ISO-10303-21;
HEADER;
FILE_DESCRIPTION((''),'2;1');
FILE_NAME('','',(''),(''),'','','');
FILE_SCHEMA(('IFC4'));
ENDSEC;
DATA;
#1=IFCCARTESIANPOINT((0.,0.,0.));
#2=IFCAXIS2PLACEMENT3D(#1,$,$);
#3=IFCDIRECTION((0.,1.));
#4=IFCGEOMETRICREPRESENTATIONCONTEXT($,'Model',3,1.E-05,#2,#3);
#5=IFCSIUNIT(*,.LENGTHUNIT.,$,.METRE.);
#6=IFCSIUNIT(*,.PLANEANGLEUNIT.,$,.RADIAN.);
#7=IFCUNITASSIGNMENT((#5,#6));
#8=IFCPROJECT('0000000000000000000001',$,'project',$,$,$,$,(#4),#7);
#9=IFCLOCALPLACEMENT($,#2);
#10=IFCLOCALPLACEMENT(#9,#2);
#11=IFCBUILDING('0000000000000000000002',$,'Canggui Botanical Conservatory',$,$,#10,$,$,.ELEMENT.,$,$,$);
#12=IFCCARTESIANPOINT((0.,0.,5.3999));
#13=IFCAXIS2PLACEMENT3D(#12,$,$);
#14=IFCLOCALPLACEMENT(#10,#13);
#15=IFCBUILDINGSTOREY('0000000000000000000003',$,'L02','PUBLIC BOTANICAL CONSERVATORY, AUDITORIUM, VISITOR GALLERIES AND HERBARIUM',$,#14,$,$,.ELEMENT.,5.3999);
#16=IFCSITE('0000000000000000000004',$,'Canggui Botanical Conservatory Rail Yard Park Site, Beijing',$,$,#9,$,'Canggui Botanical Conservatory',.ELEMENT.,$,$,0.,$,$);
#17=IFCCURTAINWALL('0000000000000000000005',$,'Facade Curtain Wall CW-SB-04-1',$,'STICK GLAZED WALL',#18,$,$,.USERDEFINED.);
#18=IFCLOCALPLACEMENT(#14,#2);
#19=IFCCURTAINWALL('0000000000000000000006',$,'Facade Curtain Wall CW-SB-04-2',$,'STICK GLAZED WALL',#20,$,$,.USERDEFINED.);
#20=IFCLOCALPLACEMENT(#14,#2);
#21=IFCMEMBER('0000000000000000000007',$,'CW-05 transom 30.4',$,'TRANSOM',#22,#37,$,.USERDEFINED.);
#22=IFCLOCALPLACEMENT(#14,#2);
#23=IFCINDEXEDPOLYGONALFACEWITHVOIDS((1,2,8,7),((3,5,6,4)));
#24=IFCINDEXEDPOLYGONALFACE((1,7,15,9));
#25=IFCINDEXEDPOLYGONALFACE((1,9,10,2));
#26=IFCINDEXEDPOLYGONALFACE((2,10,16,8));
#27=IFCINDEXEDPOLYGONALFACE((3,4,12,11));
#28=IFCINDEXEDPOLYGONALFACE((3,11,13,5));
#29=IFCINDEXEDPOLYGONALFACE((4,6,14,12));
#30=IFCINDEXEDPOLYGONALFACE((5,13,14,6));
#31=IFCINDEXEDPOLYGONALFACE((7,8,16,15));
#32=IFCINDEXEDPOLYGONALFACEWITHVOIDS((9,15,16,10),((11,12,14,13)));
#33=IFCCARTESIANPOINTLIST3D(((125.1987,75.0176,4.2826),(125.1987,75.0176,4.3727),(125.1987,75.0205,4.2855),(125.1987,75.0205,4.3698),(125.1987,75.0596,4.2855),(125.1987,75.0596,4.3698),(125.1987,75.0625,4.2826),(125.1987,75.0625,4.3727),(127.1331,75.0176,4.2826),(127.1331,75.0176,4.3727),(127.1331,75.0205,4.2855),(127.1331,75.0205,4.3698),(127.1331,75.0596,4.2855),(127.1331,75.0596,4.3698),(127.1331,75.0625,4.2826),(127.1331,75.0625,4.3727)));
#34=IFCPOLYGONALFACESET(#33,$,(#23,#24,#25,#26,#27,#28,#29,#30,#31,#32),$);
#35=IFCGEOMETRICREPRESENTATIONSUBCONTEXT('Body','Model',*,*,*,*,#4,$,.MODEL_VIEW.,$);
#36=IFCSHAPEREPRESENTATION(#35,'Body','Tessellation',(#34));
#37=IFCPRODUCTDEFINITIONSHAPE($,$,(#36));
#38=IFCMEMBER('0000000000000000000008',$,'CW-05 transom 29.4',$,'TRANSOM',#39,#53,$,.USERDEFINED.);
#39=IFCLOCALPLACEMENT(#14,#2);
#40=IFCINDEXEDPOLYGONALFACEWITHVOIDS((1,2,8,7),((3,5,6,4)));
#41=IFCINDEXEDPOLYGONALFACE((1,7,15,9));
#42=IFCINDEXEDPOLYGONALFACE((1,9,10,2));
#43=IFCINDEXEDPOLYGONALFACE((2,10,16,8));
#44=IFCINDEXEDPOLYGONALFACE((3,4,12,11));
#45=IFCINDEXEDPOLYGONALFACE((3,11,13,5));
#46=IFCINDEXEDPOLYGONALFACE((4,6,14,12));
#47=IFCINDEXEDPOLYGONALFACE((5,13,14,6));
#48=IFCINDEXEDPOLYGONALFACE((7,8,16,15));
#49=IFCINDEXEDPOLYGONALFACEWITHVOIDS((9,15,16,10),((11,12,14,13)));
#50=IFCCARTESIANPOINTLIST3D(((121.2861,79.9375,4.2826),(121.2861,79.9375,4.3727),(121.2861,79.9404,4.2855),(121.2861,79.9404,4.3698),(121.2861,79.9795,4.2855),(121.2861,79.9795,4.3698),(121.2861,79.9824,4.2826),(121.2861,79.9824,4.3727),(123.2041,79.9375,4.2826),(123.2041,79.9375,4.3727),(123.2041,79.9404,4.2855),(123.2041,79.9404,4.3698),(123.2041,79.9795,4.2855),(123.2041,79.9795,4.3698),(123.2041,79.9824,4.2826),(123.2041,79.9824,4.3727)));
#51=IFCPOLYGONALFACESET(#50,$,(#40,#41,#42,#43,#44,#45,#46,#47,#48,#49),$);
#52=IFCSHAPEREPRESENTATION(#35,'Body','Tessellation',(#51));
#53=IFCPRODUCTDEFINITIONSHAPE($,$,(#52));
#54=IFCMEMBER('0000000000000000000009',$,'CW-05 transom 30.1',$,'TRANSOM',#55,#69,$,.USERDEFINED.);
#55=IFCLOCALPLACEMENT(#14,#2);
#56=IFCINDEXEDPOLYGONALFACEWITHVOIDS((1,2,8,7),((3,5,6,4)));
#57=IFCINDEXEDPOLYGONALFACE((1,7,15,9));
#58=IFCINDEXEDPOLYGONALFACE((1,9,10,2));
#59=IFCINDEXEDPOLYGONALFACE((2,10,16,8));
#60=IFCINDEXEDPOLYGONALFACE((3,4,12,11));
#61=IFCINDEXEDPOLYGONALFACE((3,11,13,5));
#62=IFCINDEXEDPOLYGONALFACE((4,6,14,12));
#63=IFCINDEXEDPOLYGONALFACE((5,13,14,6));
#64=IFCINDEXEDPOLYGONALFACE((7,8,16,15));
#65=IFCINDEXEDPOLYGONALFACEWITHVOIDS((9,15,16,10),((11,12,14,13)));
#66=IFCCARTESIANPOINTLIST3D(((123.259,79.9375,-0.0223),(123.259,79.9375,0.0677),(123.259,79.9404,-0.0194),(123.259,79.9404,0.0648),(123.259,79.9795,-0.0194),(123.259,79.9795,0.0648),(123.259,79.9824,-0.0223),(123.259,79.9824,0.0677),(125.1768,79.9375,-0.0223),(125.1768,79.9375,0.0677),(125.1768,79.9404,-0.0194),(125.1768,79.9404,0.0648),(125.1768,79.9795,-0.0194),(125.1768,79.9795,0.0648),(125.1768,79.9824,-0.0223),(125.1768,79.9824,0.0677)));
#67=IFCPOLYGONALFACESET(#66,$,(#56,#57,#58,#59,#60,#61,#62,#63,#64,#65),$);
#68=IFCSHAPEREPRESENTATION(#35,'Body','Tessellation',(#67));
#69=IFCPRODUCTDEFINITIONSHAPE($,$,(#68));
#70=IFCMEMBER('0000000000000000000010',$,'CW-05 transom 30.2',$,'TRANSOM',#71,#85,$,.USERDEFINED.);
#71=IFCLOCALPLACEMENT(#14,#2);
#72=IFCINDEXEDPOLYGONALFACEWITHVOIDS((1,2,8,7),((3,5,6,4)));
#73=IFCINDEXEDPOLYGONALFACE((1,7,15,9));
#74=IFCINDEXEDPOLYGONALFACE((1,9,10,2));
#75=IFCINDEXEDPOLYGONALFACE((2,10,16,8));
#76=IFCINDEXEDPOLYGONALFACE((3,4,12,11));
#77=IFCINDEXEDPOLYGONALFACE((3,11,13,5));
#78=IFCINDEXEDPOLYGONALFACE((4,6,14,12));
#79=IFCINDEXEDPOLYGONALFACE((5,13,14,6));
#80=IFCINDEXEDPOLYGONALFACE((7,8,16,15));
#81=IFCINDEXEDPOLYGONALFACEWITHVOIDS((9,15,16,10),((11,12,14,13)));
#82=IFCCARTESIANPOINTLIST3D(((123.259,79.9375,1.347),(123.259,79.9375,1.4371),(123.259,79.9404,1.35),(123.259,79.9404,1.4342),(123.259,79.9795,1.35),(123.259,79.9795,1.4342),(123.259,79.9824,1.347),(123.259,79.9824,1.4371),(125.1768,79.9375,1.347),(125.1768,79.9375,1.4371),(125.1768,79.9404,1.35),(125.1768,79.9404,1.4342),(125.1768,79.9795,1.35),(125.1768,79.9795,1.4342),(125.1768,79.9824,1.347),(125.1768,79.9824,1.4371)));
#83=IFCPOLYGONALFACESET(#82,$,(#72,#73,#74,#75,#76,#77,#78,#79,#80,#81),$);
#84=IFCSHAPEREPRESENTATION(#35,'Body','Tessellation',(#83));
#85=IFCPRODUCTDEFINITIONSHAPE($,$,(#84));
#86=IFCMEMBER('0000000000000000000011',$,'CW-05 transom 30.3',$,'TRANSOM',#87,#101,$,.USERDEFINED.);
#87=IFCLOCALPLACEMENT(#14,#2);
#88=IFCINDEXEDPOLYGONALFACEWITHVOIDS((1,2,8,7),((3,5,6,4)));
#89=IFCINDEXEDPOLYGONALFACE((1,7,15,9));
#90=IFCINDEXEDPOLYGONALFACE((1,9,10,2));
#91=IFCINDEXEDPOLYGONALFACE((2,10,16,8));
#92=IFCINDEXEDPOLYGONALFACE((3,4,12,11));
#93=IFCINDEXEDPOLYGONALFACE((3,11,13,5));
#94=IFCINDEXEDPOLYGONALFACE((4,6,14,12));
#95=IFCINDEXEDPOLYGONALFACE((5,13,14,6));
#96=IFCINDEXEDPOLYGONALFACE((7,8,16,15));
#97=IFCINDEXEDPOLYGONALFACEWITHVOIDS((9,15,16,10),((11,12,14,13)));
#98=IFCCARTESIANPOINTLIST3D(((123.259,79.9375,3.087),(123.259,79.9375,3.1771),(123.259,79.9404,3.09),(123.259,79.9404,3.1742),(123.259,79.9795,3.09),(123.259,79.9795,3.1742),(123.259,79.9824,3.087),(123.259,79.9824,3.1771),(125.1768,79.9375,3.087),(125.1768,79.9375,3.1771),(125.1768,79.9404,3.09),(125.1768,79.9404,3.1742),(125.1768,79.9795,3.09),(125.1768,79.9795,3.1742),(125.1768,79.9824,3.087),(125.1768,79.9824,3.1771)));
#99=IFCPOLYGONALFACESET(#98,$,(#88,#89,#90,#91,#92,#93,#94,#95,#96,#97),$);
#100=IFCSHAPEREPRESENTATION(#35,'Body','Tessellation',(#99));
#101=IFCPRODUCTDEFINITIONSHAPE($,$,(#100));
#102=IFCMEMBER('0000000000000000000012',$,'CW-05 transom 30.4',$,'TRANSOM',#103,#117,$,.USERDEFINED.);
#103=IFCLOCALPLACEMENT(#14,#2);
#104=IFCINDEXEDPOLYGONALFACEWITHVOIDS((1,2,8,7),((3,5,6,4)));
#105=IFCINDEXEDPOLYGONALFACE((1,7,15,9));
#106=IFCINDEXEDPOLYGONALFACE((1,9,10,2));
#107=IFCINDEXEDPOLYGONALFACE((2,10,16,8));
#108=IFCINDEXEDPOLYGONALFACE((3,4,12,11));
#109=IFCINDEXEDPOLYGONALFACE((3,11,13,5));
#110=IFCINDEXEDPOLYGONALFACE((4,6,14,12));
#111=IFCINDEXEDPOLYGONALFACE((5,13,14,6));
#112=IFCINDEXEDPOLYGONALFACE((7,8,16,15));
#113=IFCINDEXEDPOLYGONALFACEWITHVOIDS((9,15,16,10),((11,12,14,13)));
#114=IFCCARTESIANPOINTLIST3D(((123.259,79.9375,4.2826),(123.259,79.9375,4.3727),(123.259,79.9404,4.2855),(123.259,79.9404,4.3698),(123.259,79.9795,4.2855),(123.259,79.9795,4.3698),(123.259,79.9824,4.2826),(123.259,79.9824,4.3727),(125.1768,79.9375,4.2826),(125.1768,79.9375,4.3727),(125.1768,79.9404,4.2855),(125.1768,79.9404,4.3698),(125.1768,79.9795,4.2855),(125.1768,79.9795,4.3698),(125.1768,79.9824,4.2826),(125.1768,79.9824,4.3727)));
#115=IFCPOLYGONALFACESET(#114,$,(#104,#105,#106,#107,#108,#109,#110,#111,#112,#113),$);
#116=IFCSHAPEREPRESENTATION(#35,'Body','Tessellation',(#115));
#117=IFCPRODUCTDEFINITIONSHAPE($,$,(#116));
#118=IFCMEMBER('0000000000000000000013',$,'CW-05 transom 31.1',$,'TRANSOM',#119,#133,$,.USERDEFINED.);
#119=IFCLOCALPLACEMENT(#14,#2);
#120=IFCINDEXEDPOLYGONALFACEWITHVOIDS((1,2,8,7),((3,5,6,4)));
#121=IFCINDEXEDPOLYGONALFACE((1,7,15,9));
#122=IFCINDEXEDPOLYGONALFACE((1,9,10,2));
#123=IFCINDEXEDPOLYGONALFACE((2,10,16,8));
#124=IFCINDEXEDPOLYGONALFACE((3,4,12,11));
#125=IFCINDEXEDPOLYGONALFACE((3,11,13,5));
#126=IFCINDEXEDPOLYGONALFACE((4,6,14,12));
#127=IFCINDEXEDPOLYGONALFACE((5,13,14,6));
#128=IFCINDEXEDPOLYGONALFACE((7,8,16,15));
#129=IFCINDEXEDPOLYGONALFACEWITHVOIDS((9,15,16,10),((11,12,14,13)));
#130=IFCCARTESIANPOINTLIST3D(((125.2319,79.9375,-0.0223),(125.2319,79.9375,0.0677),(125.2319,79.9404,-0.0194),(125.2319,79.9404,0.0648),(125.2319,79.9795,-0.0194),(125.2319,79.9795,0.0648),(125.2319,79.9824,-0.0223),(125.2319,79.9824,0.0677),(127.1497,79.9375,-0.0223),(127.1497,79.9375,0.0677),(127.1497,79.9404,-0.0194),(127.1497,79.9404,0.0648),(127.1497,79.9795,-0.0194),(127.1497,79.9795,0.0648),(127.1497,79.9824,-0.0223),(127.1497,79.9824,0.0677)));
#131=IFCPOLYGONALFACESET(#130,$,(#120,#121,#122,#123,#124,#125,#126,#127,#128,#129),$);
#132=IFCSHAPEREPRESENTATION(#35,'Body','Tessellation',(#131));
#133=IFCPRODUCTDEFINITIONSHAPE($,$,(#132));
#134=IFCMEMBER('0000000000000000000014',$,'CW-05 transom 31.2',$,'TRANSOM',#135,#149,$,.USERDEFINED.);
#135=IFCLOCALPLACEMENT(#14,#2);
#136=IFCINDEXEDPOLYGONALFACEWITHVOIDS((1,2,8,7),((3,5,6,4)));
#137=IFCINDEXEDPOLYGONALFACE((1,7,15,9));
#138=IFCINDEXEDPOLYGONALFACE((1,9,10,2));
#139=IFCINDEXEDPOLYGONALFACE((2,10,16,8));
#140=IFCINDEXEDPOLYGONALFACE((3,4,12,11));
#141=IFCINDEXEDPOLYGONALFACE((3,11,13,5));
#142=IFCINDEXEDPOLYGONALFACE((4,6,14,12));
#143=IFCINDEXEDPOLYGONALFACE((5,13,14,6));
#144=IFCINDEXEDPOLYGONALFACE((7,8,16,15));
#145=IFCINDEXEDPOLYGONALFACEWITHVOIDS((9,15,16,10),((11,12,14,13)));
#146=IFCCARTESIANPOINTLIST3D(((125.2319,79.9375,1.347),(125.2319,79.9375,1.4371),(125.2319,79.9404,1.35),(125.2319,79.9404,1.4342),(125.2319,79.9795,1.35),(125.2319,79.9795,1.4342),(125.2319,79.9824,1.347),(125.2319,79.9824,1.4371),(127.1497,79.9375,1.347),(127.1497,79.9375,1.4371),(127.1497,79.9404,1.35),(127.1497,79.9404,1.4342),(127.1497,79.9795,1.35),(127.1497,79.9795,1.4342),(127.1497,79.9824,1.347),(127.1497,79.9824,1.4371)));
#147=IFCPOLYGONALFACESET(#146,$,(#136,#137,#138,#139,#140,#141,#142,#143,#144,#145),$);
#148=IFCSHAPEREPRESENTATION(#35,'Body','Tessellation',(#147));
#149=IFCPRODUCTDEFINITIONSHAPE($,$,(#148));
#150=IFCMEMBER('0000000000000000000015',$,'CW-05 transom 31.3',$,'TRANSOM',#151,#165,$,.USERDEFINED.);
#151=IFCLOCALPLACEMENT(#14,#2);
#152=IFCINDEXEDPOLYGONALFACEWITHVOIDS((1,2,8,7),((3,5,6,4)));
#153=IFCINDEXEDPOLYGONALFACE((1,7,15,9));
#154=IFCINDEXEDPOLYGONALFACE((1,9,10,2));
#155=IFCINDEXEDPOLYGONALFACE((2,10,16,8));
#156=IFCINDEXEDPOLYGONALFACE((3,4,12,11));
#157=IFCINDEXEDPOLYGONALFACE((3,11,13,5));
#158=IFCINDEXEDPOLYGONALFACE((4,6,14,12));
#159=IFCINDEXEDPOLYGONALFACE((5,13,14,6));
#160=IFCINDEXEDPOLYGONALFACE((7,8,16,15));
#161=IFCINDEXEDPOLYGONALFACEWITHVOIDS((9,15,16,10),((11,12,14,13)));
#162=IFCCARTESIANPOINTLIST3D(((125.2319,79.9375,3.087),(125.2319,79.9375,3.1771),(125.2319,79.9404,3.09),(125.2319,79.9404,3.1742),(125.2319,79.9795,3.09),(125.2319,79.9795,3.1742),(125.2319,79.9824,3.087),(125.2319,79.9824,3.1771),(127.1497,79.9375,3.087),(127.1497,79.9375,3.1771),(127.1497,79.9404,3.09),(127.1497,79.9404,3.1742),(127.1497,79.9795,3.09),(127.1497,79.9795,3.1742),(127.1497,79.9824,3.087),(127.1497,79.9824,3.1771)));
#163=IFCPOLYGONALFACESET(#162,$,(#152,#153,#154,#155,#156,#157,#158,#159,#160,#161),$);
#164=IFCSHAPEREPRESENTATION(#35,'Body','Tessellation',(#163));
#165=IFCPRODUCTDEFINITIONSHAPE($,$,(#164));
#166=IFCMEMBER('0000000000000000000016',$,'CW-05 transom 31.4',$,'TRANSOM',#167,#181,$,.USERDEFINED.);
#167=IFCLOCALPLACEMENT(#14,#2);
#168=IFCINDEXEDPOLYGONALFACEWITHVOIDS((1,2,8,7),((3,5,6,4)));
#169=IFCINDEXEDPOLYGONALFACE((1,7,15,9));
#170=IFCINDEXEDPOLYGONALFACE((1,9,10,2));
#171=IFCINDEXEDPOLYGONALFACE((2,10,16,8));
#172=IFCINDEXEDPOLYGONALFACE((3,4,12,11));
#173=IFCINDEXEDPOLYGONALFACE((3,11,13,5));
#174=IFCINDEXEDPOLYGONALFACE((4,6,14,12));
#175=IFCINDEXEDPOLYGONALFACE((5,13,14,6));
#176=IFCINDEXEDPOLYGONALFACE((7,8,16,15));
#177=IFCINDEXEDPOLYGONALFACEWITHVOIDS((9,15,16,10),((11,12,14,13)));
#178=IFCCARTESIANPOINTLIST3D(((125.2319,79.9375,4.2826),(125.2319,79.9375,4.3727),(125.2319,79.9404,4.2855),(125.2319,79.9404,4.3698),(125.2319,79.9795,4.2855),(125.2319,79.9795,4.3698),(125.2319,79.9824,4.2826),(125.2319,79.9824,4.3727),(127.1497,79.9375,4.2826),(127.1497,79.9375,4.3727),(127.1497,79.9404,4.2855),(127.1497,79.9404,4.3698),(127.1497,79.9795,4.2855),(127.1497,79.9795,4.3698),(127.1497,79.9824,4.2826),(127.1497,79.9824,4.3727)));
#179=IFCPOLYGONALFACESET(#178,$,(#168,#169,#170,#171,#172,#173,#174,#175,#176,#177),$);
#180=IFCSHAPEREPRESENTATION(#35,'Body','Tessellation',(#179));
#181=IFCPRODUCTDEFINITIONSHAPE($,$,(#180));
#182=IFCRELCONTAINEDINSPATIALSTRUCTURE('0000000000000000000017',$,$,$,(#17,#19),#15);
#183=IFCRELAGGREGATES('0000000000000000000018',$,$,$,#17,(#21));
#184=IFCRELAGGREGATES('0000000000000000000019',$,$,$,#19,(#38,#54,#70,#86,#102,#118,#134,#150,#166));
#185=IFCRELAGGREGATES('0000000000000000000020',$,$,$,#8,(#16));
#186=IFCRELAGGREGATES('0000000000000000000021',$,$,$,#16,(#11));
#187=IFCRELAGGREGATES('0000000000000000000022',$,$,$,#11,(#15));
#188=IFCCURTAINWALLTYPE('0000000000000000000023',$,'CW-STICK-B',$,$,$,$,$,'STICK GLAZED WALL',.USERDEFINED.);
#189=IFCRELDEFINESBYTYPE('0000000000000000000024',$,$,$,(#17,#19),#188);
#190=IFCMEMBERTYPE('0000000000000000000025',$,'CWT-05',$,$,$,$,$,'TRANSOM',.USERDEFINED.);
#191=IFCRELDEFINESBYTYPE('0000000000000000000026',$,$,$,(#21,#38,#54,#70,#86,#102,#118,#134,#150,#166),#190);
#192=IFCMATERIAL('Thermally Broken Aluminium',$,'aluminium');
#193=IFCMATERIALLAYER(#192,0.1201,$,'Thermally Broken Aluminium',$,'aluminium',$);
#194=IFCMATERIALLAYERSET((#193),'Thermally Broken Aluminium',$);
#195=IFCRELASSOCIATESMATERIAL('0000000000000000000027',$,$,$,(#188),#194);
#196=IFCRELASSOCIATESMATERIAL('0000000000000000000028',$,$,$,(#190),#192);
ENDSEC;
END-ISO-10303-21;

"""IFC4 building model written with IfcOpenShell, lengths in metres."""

from ifc_helpers import new_model, si_unit, direction, frame, origin, origin_2d, place, context, subcontext, project, spatial, hollow_rectangle, extrude, material, layer, layer_set, material_profile, profile_set, type_object, element, aggregate, save


model = new_model("IFC4")

# Units and contexts
model_context = context("Model", 3, precision=1e-05, world=origin(), true_north=direction((0.0, 1.0)))
body_context = subcontext(model_context, "Body", "Model", "MODEL_VIEW")
ifc_project = project(units=[si_unit("LENGTHUNIT", "METRE"), si_unit("PLANEANGLEUNIT", "RADIAN")], contexts=[model_context])

# Site, building, storey
site_placement = place(None, origin())
site = spatial("IfcSite", under=ifc_project, at=site_placement, Name="Canggui Botanical Conservatory Rail Yard Park Site, Beijing", LongName="Canggui Botanical Conservatory", CompositionType="ELEMENT", RefElevation=0.0)
building_placement = place(site_placement, origin())
building = spatial("IfcBuilding", under=site, at=building_placement, Name="Canggui Botanical Conservatory", CompositionType="ELEMENT")
storey_placement = place(building_placement, frame((0.0, 0.0, 5.3999)))
storey = spatial("IfcBuildingStorey", under=building, at=storey_placement, Name="L02", Description="PUBLIC BOTANICAL CONSERVATORY, AUDITORIUM, VISITOR GALLERIES AND HERBARIUM", CompositionType="ELEMENT", Elevation=5.3999)

# Curtain walls
ifc_material_1 = material(Name="Thermally Broken Aluminium", Category="aluminium")
ifc_layer_1 = layer(ifc_material_1, 0.1201, Name="Thermally Broken Aluminium", Category="aluminium")
ifc_layer_set_1 = layer_set([ifc_layer_1], Name="Thermally Broken Aluminium")
curtain_wall_type = type_object("IfcCurtainWallType", Name="CW-STICK-B", ElementType="STICK GLAZED WALL", PredefinedType="USERDEFINED", material=ifc_layer_set_1)
curtain_wall_1_placement = place(storey_placement, origin())
curtain_wall_1 = element("IfcCurtainWall", 1, at=curtain_wall_1_placement, inside=storey, type_object=curtain_wall_type, Name="Facade Curtain Wall CW-SB-04-1", ObjectType="STICK GLAZED WALL", PredefinedType="USERDEFINED")
curtain_wall_2_placement = place(storey_placement, origin())
curtain_wall_2 = element("IfcCurtainWall", 2, at=curtain_wall_2_placement, inside=storey, type_object=curtain_wall_type, Name="Facade Curtain Wall CW-SB-04-2", ObjectType="STICK GLAZED WALL", PredefinedType="USERDEFINED")

# Members
ifc_material_profile_1 = material_profile(ifc_material_1, hollow_rectangle(XDim=0.0449, YDim=0.0901, WallThickness=0.0029, at=origin_2d()), Name="CWT 45x90x3")
ifc_profile_set_1 = profile_set([ifc_material_profile_1], Name="Thermally Broken Aluminium")
member_type_1 = type_object("IfcMemberType", Name="CWT-05", ElementType="TRANSOM", PredefinedType="USERDEFINED", material=ifc_profile_set_1)
member_1_placement = place(storey_placement, frame((125.1987, 75.04, 4.3276), z_axis=(1.0, 0.0, 0.0), x_axis=(0.0, 1.0, 0.0)))
member_1 = element("IfcMember", 3, at=member_1_placement, type_object=member_type_1, Name="CW-05 transom 30.4", ObjectType="TRANSOM", PredefinedType="USERDEFINED", context=body_context, shape_type="SweptSolid", body=[
    extrude(hollow_rectangle(XDim=0.0449, YDim=0.0901, WallThickness=0.0029, at=origin_2d()), origin(), (0.0, 0.0, 1.0), 1.9343),
])
member_2_placement = place(storey_placement, frame((121.2861, 79.96, 4.3276), z_axis=(1.0, 0.0, 0.0), x_axis=(0.0, 1.0, 0.0)))
member_2 = element("IfcMember", 4, at=member_2_placement, type_object=member_type_1, Name="CW-05 transom 29.4", ObjectType="TRANSOM", PredefinedType="USERDEFINED", context=body_context, shape_type="SweptSolid", body=[
    extrude(hollow_rectangle(XDim=0.0449, YDim=0.0901, WallThickness=0.0029, at=origin_2d()), origin(), (0.0, 0.0, 1.0), 1.918),
])
member_3_placement = place(storey_placement, frame((123.259, 79.96, 0.0227), z_axis=(1.0, 0.0, 0.0), x_axis=(0.0, 1.0, 0.0)))
member_3 = element("IfcMember", 5, at=member_3_placement, type_object=member_type_1, Name="CW-05 transom 30.1", ObjectType="TRANSOM", PredefinedType="USERDEFINED", context=body_context, shape_type="SweptSolid", body=[
    extrude(hollow_rectangle(XDim=0.0449, YDim=0.0901, WallThickness=0.0029, at=origin_2d()), origin(), (0.0, 0.0, 1.0), 1.9177),
])
member_4_placement = place(storey_placement, frame((123.259, 79.96, 1.3921), z_axis=(1.0, 0.0, 0.0), x_axis=(0.0, 1.0, 0.0)))
member_4 = element("IfcMember", 6, at=member_4_placement, type_object=member_type_1, Name="CW-05 transom 30.2", ObjectType="TRANSOM", PredefinedType="USERDEFINED", context=body_context, shape_type="SweptSolid", body=[
    extrude(hollow_rectangle(XDim=0.0449, YDim=0.0901, WallThickness=0.0029, at=origin_2d()), origin(), (0.0, 0.0, 1.0), 1.9177),
])
member_5_placement = place(storey_placement, frame((123.259, 79.96, 3.1321), z_axis=(1.0, 0.0, 0.0), x_axis=(0.0, 1.0, 0.0)))
member_5 = element("IfcMember", 7, at=member_5_placement, type_object=member_type_1, Name="CW-05 transom 30.3", ObjectType="TRANSOM", PredefinedType="USERDEFINED", context=body_context, shape_type="SweptSolid", body=[
    extrude(hollow_rectangle(XDim=0.0449, YDim=0.0901, WallThickness=0.0029, at=origin_2d()), origin(), (0.0, 0.0, 1.0), 1.9177),
])
member_6_placement = place(storey_placement, frame((123.259, 79.96, 4.3276), z_axis=(1.0, 0.0, 0.0), x_axis=(0.0, 1.0, 0.0)))
member_6 = element("IfcMember", 8, at=member_6_placement, type_object=member_type_1, Name="CW-05 transom 30.4", ObjectType="TRANSOM", PredefinedType="USERDEFINED", context=body_context, shape_type="SweptSolid", body=[
    extrude(hollow_rectangle(XDim=0.0449, YDim=0.0901, WallThickness=0.0029, at=origin_2d()), origin(), (0.0, 0.0, 1.0), 1.9177),
])
member_7_placement = place(storey_placement, frame((125.2319, 79.96, 0.0227), z_axis=(1.0, 0.0, 0.0), x_axis=(0.0, 1.0, 0.0)))
member_7 = element("IfcMember", 9, at=member_7_placement, type_object=member_type_1, Name="CW-05 transom 31.1", ObjectType="TRANSOM", PredefinedType="USERDEFINED", context=body_context, shape_type="SweptSolid", body=[
    extrude(hollow_rectangle(XDim=0.0449, YDim=0.0901, WallThickness=0.0029, at=origin_2d()), origin(), (0.0, 0.0, 1.0), 1.9177),
])
member_8_placement = place(storey_placement, frame((125.2319, 79.96, 1.3921), z_axis=(1.0, 0.0, 0.0), x_axis=(0.0, 1.0, 0.0)))
member_8 = element("IfcMember", 10, at=member_8_placement, type_object=member_type_1, Name="CW-05 transom 31.2", ObjectType="TRANSOM", PredefinedType="USERDEFINED", context=body_context, shape_type="SweptSolid", body=[
    extrude(hollow_rectangle(XDim=0.0449, YDim=0.0901, WallThickness=0.0029, at=origin_2d()), origin(), (0.0, 0.0, 1.0), 1.9177),
])
member_9_placement = place(storey_placement, frame((125.2319, 79.96, 3.1321), z_axis=(1.0, 0.0, 0.0), x_axis=(0.0, 1.0, 0.0)))
member_9 = element("IfcMember", 11, at=member_9_placement, type_object=member_type_1, Name="CW-05 transom 31.3", ObjectType="TRANSOM", PredefinedType="USERDEFINED", context=body_context, shape_type="SweptSolid", body=[
    extrude(hollow_rectangle(XDim=0.0449, YDim=0.0901, WallThickness=0.0029, at=origin_2d()), origin(), (0.0, 0.0, 1.0), 1.9177),
])
member_10_placement = place(storey_placement, frame((125.2319, 79.96, 4.3276), z_axis=(1.0, 0.0, 0.0), x_axis=(0.0, 1.0, 0.0)))
member_10 = element("IfcMember", 12, at=member_10_placement, type_object=member_type_1, Name="CW-05 transom 31.4", ObjectType="TRANSOM", PredefinedType="USERDEFINED", context=body_context, shape_type="SweptSolid", body=[
    extrude(hollow_rectangle(XDim=0.0449, YDim=0.0901, WallThickness=0.0029, at=origin_2d()), origin(), (0.0, 0.0, 1.0), 1.9177),
])

aggregate(curtain_wall_1, [member_1])
aggregate(curtain_wall_2, [member_2, member_3, member_4, member_5, member_6, member_7, member_8, member_9, member_10])

save(model, "model.ifc")
